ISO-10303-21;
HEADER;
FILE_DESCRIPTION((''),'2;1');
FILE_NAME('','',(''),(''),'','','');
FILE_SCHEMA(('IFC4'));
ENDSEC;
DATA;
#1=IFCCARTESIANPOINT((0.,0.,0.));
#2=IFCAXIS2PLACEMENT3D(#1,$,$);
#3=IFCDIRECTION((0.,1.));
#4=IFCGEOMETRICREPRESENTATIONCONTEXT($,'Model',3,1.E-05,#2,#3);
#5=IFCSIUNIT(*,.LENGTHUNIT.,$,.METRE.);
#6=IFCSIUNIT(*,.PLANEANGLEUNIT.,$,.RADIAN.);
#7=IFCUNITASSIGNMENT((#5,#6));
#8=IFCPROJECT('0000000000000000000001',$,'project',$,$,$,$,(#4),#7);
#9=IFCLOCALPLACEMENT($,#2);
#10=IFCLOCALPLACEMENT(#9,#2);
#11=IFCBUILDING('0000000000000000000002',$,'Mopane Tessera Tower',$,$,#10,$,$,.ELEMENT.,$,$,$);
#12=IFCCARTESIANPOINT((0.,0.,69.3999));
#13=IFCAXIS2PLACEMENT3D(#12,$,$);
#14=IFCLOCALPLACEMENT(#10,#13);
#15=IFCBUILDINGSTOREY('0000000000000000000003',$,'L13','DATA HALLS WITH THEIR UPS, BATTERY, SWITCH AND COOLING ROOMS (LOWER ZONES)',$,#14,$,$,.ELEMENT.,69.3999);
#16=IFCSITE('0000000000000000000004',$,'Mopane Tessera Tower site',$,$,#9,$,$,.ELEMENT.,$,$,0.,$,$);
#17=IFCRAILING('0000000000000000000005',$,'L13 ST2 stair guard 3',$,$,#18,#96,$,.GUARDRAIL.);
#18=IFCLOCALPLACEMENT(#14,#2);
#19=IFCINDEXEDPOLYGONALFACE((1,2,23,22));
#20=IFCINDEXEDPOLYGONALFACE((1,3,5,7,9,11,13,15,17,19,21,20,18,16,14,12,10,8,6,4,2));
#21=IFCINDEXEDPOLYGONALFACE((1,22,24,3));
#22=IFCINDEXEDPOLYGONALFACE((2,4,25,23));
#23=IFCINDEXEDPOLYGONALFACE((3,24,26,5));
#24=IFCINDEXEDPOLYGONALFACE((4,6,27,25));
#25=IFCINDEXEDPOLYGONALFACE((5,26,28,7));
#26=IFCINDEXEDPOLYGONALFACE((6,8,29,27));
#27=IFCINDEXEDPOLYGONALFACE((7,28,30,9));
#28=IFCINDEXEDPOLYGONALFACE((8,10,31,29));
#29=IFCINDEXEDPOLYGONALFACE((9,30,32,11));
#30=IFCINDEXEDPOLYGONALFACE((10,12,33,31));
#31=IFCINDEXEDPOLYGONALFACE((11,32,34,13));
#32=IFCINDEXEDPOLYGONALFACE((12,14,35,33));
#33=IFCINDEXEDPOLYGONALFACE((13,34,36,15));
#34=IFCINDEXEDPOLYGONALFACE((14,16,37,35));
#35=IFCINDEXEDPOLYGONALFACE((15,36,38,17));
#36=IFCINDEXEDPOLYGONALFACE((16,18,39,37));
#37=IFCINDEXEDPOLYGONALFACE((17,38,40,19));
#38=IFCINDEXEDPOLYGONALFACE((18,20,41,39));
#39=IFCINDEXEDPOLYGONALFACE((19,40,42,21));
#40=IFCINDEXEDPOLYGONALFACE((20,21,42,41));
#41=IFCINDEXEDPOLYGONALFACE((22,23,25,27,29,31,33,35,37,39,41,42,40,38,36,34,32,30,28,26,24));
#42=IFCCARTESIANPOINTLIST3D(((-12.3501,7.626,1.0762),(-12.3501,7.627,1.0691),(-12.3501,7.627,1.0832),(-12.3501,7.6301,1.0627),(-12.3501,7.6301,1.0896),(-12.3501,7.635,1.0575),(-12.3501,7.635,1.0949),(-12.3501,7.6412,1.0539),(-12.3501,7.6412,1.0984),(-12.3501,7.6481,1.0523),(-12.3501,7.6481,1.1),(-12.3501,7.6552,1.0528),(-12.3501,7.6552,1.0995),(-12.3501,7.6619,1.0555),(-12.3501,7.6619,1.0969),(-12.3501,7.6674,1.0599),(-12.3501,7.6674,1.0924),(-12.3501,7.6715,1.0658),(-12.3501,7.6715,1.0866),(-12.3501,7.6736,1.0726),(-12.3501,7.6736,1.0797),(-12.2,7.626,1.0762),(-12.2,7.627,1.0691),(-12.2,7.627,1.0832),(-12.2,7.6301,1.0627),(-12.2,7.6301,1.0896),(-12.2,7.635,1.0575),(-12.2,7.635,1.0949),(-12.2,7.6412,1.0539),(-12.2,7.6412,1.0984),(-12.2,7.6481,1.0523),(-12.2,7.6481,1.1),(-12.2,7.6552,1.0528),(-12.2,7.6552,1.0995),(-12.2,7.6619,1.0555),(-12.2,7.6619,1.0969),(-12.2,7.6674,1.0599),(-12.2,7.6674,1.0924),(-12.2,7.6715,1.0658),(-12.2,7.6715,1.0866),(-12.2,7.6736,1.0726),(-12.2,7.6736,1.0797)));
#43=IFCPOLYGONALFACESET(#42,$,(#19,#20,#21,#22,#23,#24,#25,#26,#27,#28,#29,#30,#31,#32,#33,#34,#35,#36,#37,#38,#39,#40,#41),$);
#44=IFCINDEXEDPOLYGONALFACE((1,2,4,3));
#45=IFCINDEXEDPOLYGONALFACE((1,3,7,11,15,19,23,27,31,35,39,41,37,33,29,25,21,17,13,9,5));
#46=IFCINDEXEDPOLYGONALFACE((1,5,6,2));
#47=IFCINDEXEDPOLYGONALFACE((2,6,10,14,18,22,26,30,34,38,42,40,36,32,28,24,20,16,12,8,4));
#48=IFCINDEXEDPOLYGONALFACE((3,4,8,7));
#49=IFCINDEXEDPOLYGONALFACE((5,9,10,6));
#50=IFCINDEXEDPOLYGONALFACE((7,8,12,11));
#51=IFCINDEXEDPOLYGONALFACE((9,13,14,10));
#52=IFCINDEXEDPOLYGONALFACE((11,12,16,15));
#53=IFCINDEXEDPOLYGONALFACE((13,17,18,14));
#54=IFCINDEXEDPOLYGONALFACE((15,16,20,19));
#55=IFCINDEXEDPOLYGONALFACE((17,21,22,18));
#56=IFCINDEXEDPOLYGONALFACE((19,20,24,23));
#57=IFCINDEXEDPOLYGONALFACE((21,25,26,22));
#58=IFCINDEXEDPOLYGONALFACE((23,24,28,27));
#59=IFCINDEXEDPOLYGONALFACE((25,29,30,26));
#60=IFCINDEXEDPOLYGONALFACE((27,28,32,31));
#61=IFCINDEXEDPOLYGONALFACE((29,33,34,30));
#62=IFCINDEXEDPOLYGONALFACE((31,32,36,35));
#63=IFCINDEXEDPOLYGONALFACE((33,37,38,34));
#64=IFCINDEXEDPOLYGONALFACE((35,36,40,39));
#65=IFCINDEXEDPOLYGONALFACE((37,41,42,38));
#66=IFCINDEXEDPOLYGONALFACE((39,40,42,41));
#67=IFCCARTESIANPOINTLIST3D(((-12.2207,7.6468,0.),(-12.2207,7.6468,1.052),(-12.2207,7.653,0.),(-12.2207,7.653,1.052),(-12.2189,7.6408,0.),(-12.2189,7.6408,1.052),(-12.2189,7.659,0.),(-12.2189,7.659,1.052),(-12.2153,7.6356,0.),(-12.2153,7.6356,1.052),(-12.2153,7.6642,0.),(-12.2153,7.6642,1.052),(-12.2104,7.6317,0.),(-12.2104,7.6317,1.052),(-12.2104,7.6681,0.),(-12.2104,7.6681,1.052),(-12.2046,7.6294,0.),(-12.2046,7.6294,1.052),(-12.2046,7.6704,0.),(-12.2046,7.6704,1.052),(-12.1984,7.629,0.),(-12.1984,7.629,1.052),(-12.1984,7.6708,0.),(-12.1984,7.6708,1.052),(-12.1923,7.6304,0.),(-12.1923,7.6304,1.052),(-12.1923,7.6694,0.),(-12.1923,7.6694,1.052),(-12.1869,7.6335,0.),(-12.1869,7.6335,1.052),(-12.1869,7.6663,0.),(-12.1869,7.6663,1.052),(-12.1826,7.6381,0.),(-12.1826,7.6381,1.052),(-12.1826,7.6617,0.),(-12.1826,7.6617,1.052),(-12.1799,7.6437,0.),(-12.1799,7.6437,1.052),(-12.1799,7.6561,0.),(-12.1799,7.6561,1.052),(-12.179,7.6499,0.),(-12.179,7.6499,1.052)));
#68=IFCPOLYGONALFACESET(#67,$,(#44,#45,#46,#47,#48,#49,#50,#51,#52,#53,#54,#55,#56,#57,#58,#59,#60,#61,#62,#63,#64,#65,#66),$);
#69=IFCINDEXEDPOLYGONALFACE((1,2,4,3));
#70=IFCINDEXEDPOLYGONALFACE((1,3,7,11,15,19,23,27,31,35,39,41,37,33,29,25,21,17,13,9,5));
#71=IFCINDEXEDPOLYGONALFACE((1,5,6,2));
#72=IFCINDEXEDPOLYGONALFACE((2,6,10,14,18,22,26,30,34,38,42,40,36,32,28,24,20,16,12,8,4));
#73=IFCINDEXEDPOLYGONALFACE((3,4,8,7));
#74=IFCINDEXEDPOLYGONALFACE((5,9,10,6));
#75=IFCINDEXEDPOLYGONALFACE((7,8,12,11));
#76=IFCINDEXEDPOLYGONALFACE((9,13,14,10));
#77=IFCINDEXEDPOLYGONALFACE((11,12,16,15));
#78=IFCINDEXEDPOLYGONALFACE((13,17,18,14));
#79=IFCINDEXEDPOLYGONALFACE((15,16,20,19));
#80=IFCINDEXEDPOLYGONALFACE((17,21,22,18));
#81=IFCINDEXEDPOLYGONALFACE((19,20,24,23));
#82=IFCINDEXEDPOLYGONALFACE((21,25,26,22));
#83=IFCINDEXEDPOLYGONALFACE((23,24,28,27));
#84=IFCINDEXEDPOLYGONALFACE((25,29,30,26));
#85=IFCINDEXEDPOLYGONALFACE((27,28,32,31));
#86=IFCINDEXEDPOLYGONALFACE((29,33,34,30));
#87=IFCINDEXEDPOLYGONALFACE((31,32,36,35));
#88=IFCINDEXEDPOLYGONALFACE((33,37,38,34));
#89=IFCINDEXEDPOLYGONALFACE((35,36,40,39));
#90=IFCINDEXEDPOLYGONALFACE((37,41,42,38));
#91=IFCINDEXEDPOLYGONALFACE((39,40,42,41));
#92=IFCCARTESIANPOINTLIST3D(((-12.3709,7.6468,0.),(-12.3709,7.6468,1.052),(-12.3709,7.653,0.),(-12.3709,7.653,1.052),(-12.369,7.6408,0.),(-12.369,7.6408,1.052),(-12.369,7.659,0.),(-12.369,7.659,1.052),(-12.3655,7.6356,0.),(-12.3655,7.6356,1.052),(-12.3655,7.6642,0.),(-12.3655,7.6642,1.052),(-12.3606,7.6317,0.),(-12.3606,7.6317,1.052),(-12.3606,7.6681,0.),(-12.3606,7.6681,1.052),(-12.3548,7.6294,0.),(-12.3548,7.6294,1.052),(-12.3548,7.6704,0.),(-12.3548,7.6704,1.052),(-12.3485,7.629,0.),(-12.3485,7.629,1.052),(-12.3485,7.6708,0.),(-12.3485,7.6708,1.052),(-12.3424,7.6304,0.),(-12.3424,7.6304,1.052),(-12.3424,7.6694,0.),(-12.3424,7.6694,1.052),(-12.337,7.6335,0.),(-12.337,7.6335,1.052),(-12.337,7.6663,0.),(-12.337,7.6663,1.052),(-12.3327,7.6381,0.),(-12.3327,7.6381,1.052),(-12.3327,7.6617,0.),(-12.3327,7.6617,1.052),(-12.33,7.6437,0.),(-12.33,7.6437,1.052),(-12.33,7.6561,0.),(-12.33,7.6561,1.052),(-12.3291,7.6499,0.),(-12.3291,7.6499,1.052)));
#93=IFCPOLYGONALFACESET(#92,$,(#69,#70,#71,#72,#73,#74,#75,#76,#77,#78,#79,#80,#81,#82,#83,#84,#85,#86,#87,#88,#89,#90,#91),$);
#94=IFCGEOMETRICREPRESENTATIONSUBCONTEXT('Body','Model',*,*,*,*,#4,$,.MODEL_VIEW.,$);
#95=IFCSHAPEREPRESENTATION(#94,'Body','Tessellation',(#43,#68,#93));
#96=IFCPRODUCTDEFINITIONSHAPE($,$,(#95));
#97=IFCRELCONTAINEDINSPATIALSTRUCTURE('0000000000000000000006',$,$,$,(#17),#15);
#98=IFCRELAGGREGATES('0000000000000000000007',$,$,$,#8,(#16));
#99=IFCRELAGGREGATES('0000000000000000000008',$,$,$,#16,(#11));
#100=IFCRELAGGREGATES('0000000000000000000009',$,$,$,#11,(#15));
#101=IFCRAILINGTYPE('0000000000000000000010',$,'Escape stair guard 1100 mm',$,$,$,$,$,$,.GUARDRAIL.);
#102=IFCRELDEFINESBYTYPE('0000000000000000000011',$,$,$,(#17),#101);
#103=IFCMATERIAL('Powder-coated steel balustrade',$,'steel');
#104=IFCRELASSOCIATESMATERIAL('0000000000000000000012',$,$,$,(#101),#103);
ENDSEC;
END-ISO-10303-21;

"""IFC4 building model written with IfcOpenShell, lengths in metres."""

from ifc_helpers import new_model, si_unit, direction, frame, origin, origin_2d, place, context, subcontext, project, spatial, circle, extrude, material, type_object, element, save


model = new_model("IFC4")

# Units and contexts
model_context = context("Model", 3, precision=1e-05, world=origin(), true_north=direction((0.0, 1.0)))
body_context = subcontext(model_context, "Body", "Model", "MODEL_VIEW")
ifc_project = project(units=[si_unit("LENGTHUNIT", "METRE"), si_unit("PLANEANGLEUNIT", "RADIAN")], contexts=[model_context])

# Site, building, storey
site_placement = place(None, origin())
site = spatial("IfcSite", under=ifc_project, at=site_placement, Name="Mopane Tessera Tower site", CompositionType="ELEMENT", RefElevation=0.0)
building_placement = place(site_placement, origin())
building = spatial("IfcBuilding", under=site, at=building_placement, Name="Mopane Tessera Tower", CompositionType="ELEMENT")
storey_placement = place(building_placement, frame((0.0, 0.0, 69.3999)))
storey = spatial("IfcBuildingStorey", under=building, at=storey_placement, Name="L13", Description="DATA HALLS WITH THEIR UPS, BATTERY, SWITCH AND COOLING ROOMS (LOWER ZONES)", CompositionType="ELEMENT", Elevation=69.3999)

# Railing
ifc_material_1 = material(Name="Powder-coated steel balustrade", Category="steel")
railing_type = type_object("IfcRailingType", Name="Escape stair guard 1100 mm", PredefinedType="GUARDRAIL", material=ifc_material_1)
railing_1_placement = place(storey_placement, frame((-12.2, 7.6499, 0.0)))
element("IfcRailing", 1, at=railing_1_placement, inside=storey, type_object=railing_type, Name="L13 ST2 stair guard 3", PredefinedType="GUARDRAIL", context=body_context, shape_type="SweptSolid", body=[
    extrude(circle(Radius=0.0239, at=origin_2d()), frame((0.0, 0.0, 1.0762), z_axis=(-1.0, 0.0, 0.0), x_axis=(0.0, -1.0, 0.0)), (0.0, 0.0, 1.0), 0.1501),
    extrude(circle(Radius=0.021, at=origin_2d()), origin(), (0.0, 0.0, 1.0), 1.052),
    extrude(circle(Radius=0.021, at=origin_2d()), frame((-0.1501, 0.0, 0.0)), (0.0, 0.0, 1.0), 1.052),
])

save(model, "model.ifc")
